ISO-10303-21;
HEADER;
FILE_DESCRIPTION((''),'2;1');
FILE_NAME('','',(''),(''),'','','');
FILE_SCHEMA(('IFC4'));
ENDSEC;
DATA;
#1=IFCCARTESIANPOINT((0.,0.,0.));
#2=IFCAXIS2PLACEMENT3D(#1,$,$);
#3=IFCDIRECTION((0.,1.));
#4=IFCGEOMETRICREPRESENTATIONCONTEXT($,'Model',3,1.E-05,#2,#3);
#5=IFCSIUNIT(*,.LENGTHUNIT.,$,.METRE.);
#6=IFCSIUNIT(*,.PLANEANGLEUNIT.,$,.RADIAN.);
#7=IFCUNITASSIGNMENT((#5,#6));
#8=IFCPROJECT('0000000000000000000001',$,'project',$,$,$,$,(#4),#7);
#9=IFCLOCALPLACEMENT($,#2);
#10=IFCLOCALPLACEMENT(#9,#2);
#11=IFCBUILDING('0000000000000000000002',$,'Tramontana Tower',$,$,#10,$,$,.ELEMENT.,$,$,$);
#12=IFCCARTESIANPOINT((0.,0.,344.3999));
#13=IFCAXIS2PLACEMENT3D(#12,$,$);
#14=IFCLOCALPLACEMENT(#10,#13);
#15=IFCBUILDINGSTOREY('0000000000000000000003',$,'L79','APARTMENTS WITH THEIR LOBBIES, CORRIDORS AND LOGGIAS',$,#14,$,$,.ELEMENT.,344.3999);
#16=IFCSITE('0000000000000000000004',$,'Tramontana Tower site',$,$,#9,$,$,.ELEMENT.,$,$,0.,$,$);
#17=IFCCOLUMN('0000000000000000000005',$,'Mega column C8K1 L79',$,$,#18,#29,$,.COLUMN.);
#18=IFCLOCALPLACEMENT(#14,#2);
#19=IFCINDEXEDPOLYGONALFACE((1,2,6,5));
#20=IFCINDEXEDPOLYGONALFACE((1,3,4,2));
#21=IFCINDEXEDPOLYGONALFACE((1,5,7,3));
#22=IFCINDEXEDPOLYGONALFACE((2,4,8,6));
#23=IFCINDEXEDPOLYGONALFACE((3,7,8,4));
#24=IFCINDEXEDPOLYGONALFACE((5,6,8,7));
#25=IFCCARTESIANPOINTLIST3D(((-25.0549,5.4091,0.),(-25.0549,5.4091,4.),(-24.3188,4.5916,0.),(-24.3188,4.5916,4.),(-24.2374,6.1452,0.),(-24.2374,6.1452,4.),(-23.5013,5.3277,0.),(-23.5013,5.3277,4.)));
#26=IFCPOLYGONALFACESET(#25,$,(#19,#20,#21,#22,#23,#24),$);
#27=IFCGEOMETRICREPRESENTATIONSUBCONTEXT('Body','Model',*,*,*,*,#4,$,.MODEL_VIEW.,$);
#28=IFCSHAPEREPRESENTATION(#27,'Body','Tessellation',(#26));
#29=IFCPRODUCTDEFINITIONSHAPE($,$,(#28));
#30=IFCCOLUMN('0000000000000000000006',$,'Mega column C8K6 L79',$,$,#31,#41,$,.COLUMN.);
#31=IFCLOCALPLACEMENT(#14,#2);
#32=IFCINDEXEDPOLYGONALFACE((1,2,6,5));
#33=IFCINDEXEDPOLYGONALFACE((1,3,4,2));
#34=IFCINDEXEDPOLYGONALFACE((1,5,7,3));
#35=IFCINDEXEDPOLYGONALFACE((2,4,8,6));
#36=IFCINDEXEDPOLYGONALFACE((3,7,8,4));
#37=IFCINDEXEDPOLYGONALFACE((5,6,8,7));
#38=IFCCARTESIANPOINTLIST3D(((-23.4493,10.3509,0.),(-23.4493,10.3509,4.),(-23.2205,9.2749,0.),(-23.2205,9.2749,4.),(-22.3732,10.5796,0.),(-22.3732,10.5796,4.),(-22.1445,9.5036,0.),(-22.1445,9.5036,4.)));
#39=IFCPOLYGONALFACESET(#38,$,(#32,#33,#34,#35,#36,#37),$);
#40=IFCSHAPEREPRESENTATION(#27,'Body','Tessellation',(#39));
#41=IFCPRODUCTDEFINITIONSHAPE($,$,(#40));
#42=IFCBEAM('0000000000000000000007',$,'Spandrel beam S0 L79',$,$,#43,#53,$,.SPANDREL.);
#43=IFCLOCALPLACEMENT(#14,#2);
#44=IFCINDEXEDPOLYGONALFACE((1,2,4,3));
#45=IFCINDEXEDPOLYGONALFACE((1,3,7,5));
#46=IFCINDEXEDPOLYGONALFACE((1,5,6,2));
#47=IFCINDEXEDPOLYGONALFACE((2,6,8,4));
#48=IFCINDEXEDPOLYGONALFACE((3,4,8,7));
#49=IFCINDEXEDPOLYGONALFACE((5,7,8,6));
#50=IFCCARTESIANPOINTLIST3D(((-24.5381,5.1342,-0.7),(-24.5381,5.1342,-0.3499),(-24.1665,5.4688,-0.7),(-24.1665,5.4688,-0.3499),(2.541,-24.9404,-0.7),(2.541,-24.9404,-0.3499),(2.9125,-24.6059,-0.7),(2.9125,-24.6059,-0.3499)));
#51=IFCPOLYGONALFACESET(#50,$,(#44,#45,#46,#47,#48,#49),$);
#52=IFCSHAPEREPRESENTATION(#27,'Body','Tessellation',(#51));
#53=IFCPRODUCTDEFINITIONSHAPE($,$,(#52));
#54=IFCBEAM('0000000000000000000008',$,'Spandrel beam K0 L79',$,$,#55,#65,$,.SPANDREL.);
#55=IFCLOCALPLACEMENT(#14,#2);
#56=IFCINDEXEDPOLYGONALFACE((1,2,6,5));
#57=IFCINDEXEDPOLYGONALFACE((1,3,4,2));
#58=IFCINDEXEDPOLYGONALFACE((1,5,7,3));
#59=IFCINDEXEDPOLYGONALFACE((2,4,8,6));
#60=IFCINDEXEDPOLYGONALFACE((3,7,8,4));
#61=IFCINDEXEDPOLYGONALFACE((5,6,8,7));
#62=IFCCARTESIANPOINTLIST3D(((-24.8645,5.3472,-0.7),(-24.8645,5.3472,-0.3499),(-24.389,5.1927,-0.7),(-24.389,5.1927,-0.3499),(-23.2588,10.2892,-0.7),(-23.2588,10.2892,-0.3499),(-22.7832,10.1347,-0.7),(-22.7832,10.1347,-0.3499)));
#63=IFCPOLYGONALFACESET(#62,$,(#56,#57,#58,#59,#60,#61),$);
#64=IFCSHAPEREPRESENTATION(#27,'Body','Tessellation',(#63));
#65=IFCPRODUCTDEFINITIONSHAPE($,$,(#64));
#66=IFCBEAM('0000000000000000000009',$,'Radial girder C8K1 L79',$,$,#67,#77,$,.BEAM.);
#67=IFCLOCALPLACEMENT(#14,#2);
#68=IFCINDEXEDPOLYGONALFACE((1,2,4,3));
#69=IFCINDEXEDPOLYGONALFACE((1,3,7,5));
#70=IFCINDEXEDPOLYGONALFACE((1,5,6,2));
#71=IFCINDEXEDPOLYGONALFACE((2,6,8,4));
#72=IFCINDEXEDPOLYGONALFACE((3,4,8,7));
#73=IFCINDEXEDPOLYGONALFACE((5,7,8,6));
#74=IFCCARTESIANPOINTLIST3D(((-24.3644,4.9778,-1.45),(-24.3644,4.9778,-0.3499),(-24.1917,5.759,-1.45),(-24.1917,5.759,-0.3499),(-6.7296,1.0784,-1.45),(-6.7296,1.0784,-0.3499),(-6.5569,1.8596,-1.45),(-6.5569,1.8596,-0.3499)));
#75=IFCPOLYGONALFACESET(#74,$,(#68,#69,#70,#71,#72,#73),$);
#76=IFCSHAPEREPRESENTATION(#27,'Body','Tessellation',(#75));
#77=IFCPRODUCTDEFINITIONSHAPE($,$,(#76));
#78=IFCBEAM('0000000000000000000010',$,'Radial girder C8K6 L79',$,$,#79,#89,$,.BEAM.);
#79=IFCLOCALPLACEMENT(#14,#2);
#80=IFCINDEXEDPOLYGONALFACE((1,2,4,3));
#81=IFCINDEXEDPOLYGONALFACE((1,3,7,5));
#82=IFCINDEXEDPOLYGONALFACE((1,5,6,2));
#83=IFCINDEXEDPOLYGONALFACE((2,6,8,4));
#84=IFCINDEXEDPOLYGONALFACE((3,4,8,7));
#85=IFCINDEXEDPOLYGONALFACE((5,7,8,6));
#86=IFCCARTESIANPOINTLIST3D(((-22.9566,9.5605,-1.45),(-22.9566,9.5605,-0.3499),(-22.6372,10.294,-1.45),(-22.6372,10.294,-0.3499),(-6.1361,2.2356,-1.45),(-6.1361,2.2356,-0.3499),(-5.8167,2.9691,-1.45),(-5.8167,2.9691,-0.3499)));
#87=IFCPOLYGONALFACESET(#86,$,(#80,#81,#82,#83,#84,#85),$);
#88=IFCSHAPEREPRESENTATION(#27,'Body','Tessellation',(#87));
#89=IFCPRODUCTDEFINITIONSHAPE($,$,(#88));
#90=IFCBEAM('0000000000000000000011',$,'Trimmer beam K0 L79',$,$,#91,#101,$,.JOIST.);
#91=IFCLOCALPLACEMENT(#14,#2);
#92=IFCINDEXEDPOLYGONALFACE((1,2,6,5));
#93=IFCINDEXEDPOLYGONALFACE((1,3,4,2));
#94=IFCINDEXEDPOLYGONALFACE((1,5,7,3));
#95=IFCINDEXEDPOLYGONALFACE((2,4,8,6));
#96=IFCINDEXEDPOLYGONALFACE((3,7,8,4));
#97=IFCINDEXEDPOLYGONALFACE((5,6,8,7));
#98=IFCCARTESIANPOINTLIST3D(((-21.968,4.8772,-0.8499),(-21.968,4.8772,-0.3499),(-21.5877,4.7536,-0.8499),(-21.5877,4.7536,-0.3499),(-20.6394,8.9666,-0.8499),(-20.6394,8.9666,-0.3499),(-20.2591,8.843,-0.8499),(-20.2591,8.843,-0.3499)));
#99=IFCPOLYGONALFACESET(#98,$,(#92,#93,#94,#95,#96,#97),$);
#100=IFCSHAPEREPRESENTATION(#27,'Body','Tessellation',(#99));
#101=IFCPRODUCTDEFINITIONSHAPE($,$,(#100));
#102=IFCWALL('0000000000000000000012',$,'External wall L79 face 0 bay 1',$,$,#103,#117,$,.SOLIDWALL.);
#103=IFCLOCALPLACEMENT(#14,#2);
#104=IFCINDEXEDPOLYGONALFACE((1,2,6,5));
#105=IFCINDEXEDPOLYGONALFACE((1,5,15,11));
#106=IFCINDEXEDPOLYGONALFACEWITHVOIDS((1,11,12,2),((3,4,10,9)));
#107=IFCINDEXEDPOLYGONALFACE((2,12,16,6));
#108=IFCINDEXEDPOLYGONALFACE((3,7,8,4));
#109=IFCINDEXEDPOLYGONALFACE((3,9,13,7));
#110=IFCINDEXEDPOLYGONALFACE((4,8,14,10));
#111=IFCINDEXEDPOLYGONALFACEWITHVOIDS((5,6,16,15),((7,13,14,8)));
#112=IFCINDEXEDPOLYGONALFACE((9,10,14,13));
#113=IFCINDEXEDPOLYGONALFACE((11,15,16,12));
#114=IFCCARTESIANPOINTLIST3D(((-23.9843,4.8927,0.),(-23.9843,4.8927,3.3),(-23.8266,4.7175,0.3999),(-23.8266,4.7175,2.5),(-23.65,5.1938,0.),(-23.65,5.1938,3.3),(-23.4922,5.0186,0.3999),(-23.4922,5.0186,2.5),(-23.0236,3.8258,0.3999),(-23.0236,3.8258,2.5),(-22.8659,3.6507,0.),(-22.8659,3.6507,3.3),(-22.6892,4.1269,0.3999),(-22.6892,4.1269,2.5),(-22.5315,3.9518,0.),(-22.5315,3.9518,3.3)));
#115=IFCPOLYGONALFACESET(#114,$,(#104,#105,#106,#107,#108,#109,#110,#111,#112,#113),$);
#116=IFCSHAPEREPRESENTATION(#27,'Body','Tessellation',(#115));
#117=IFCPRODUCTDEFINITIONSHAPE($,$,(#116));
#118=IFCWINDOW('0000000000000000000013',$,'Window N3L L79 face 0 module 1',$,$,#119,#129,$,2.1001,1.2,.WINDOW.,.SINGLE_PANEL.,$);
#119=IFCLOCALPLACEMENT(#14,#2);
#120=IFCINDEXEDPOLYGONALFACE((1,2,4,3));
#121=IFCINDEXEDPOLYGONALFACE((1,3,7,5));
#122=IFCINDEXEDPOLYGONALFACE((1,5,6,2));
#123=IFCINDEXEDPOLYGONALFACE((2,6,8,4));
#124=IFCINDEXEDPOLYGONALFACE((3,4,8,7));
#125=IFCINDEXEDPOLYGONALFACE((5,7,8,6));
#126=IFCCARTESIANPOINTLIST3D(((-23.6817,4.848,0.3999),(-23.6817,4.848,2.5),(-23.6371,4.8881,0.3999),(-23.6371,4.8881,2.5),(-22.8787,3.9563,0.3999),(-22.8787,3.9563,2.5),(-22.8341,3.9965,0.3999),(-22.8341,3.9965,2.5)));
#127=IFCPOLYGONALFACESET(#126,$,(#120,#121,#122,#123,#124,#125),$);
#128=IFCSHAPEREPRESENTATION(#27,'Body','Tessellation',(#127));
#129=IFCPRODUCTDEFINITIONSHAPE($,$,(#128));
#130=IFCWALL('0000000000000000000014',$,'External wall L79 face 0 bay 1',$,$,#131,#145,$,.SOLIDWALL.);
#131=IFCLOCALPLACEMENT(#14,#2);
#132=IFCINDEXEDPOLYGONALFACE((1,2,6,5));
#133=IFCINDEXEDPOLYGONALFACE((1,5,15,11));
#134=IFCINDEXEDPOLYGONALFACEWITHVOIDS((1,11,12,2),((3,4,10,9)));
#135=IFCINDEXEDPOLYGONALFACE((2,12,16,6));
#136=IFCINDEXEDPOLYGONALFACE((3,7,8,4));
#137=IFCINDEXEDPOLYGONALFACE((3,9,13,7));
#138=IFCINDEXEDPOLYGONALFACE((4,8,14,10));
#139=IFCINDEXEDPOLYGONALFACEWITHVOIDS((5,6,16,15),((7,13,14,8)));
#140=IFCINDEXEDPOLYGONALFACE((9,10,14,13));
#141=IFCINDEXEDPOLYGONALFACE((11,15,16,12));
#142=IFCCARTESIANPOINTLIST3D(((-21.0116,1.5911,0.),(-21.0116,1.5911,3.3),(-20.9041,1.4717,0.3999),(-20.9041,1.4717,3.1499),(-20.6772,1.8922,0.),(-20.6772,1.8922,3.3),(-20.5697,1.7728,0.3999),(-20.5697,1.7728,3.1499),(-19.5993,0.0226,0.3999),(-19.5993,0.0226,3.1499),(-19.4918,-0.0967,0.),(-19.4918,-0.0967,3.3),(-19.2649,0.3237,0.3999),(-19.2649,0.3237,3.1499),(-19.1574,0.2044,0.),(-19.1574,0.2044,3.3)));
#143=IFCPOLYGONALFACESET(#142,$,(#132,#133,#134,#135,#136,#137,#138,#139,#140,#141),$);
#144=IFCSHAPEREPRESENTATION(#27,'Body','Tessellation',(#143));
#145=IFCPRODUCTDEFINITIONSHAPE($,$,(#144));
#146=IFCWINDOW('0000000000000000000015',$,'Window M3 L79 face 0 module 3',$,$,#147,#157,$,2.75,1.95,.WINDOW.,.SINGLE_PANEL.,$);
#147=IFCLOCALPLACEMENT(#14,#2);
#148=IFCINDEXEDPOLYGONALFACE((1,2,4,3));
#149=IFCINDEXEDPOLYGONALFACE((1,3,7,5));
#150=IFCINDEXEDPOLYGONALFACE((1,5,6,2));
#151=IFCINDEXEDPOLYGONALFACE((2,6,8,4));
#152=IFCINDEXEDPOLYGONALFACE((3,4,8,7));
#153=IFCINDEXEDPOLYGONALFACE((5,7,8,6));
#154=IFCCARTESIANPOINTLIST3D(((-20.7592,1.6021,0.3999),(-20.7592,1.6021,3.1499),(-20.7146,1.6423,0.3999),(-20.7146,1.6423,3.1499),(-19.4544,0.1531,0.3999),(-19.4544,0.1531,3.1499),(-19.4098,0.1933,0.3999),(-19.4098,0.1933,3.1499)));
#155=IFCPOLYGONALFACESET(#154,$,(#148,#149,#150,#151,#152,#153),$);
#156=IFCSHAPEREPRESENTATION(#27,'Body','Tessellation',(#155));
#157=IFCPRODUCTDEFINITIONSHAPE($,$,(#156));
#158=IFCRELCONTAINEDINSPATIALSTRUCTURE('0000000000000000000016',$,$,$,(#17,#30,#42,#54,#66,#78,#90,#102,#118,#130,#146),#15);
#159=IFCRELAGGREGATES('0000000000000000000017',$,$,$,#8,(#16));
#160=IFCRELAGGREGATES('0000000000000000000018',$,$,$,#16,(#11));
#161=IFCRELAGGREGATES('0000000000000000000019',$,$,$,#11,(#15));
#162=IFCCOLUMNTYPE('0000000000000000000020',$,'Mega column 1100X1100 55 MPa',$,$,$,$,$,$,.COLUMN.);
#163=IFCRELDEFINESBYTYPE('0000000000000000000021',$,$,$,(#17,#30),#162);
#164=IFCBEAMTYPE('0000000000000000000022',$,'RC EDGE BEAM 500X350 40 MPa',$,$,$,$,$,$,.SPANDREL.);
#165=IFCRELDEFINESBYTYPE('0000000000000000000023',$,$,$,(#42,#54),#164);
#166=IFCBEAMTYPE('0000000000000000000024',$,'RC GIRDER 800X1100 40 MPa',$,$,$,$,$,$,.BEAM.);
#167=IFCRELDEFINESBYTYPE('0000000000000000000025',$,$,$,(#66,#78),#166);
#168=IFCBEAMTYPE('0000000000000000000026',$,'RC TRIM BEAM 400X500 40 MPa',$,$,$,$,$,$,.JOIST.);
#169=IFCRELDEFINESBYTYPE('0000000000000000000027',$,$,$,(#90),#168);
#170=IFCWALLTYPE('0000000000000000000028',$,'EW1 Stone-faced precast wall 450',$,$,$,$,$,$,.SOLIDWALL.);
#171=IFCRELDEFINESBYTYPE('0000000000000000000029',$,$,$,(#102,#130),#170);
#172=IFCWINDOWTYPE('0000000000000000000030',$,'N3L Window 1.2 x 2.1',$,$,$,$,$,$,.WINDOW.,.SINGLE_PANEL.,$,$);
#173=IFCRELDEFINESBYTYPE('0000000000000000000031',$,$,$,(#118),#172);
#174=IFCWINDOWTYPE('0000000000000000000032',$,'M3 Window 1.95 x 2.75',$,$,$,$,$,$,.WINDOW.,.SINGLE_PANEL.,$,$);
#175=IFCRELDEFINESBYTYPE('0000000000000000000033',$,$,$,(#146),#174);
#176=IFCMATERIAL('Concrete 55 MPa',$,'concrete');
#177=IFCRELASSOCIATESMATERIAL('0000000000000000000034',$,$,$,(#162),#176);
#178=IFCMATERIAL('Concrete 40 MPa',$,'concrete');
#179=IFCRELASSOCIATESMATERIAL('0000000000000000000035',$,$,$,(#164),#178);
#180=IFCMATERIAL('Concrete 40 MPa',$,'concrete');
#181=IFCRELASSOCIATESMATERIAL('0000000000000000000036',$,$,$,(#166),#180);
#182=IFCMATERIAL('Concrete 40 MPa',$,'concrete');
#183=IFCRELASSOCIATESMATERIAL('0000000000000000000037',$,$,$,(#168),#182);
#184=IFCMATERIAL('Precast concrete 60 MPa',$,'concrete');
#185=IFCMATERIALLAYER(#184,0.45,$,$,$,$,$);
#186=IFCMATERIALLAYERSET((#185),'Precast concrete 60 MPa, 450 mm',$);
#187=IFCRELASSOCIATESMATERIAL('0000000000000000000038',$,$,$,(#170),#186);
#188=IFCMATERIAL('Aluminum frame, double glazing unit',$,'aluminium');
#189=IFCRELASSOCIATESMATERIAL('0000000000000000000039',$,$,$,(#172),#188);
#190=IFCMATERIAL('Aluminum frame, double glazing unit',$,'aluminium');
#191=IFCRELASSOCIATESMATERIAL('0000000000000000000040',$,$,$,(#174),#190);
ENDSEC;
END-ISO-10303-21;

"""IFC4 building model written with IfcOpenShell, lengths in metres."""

from ifc_helpers import new_model, si_unit, direction, frame, frame_2d, origin, origin_2d, place, context, subcontext, project, spatial, rectangle, extrude, material, layer, layer_set, material_profile, profile_set, type_object, element, fill, save


model = new_model("IFC4")

# Units and contexts
model_context = context("Model", 3, precision=1e-05, world=origin(), true_north=direction((0.0, 1.0)))
body_context = subcontext(model_context, "Body", "Model", "MODEL_VIEW")
ifc_project = project(units=[si_unit("LENGTHUNIT", "METRE"), si_unit("PLANEANGLEUNIT", "RADIAN")], contexts=[model_context])

# Site, building, storey
site_placement = place(None, origin())
site = spatial("IfcSite", under=ifc_project, at=site_placement, Name="Tramontana Tower site", CompositionType="ELEMENT", RefElevation=0.0)
building_placement = place(site_placement, origin())
building = spatial("IfcBuilding", under=site, at=building_placement, Name="Tramontana Tower", CompositionType="ELEMENT")
storey_placement = place(building_placement, frame((0.0, 0.0, 344.3999)))
storey = spatial("IfcBuildingStorey", under=building, at=storey_placement, Name="L79", Description="APARTMENTS WITH THEIR LOBBIES, CORRIDORS AND LOGGIAS", CompositionType="ELEMENT", Elevation=344.3999)

# Columns
ifc_material_1 = material(Name="Concrete 55 MPa", Category="concrete")
ifc_material_profile_1 = material_profile(ifc_material_1, rectangle(XDim=1.1001, YDim=1.1001, at=origin_2d()), Name="Mega column 1100X1100 55 MPa")
ifc_profile_set_1 = profile_set([ifc_material_profile_1], Name="Concrete 55 MPa")
column_type = type_object("IfcColumnType", Name="Mega column 1100X1100 55 MPa", PredefinedType="COLUMN", material=ifc_profile_set_1)
for number, where, z_axis, x_axis, name in (
    (1, (-24.2781, 5.3684, 0.0), (0.0, 0.0, 1.0), (0.669131, -0.743145, 0.0), "Mega column C8K1 L79"),
    (2, (-22.7969, 9.9272, 0.0), (0.0, 0.0, 1.0), (-0.978148, -0.207912, 0.0), "Mega column C8K6 L79"),
):
    element("IfcColumn", number, at=place(storey_placement, frame(where, z_axis=z_axis, x_axis=x_axis)), inside=storey, type_object=column_type, Name=name, PredefinedType="COLUMN", context=body_context, shape_type="SweptSolid", body=[
        extrude(rectangle(XDim=1.1001, YDim=1.1001, at=origin_2d()), origin(), (0.0, 0.0, 1.0), 4.0),
    ])

# Beams
ifc_material_2 = material(Name="Concrete 40 MPa", Category="concrete")
ifc_material_profile_2 = material_profile(ifc_material_2, rectangle(XDim=0.5, YDim=0.3501, at=origin_2d()), Name="RC EDGE BEAM 500X350 40 MPa")
ifc_profile_set_2 = profile_set([ifc_material_profile_2], Name="Concrete 40 MPa")
beam_type_1 = type_object("IfcBeamType", Name="RC EDGE BEAM 500X350 40 MPa", PredefinedType="SPANDREL", material=ifc_profile_set_2)
beam_1_placement = place(storey_placement, frame((-24.3523, 5.3015, -0.5249), z_axis=(0.669127, -0.743148, 0.0), x_axis=(0.743148, 0.669127, 0.0)))
element("IfcBeam", 3, at=beam_1_placement, inside=storey, type_object=beam_type_1, Name="Spandrel beam S0 L79", PredefinedType="SPANDREL", context=body_context, shape_type="SweptSolid", body=[
    extrude(rectangle(XDim=0.5, YDim=0.3501, at=origin_2d()), origin(), (0.0, 0.0, 1.0), 40.4692),
])
beam_2_placement = place(storey_placement, frame((-23.021, 10.2119, -0.5249), z_axis=(-0.309016, -0.951057, 0.0), x_axis=(0.951057, -0.309016, 0.0)))
element("IfcBeam", 4, at=beam_2_placement, inside=storey, type_object=beam_type_1, Name="Spandrel beam K0 L79", PredefinedType="SPANDREL", context=body_context, shape_type="SweptSolid", body=[
    extrude(rectangle(XDim=0.5, YDim=0.3501, at=origin_2d()), origin(), (0.0, 0.0, 1.0), 5.1963),
])
ifc_material_3 = material(Name="Concrete 40 MPa", Category="concrete")
ifc_material_profile_3 = material_profile(ifc_material_3, rectangle(XDim=0.8, YDim=1.1001, at=origin_2d()), Name="RC GIRDER 800X1100 40 MPa")
ifc_profile_set_3 = profile_set([ifc_material_profile_3], Name="Concrete 40 MPa")
beam_type_2 = type_object("IfcBeamType", Name="RC GIRDER 800X1100 40 MPa", PredefinedType="BEAM", material=ifc_profile_set_3)
beam_3_placement = place(storey_placement, frame((-24.2781, 5.3684, -0.8999), z_axis=(0.976414, -0.215906, 0.0), x_axis=(0.215906, 0.976414, 0.0)))
element("IfcBeam", 5, at=beam_3_placement, inside=storey, type_object=beam_type_2, Name="Radial girder C8K1 L79", PredefinedType="BEAM", context=body_context, shape_type="SweptSolid", body=[
    extrude(rectangle(XDim=0.8, YDim=1.1001, at=origin_2d()), origin(), (0.0, 0.0, 1.0), 18.0608),
])
beam_4_placement = place(storey_placement, frame((-22.7969, 9.9272, -0.8999), z_axis=(0.916837, -0.399261, 0.0), x_axis=(0.399261, 0.916837, 0.0)))
element("IfcBeam", 6, at=beam_4_placement, inside=storey, type_object=beam_type_2, Name="Radial girder C8K6 L79", PredefinedType="BEAM", context=body_context, shape_type="SweptSolid", body=[
    extrude(rectangle(XDim=0.8, YDim=1.1001, at=origin_2d()), origin(), (0.0, 0.0, 1.0), 18.3462),
])
ifc_material_4 = material(Name="Concrete 40 MPa", Category="concrete")
ifc_material_profile_4 = material_profile(ifc_material_4, rectangle(XDim=0.3999, YDim=0.5, at=origin_2d()), Name="RC TRIM BEAM 400X500 40 MPa")
ifc_profile_set_4 = profile_set([ifc_material_profile_4], Name="Concrete 40 MPa")
beam_type_3 = type_object("IfcBeamType", Name="RC TRIM BEAM 400X500 40 MPa", PredefinedType="JOIST", material=ifc_profile_set_4)
beam_5_placement = place(storey_placement, frame((-20.4492, 8.9048, -0.5999), z_axis=(-0.308996, -0.951063, 0.0), x_axis=(0.951063, -0.308996, 0.0)))
element("IfcBeam", 7, at=beam_5_placement, inside=storey, type_object=beam_type_3, Name="Trimmer beam K0 L79", PredefinedType="JOIST", context=body_context, shape_type="SweptSolid", body=[
    extrude(rectangle(XDim=0.3999, YDim=0.5, at=origin_2d()), origin(), (0.0, 0.0, 1.0), 4.2998),
])

# Walls, openings, windows
ifc_material_5 = material(Name="Precast concrete 60 MPa", Category="concrete")
ifc_layer_1 = layer(ifc_material_5, 0.45)
ifc_layer_set_1 = layer_set([ifc_layer_1], Name="Precast concrete 60 MPa, 450 mm")
wall_type_1 = type_object("IfcWallType", Name="EW1 Stone-faced precast wall 450", PredefinedType="SOLIDWALL", material=ifc_layer_set_1)
wall_1_placement = place(storey_placement, frame((-23.8171, 5.0432, 0.0), z_axis=(0.0, 0.0, 1.0), x_axis=(0.669183, -0.743098, 0.0)))
wall_1 = element("IfcWall", 8, at=wall_1_placement, inside=storey, type_object=wall_type_1, Name="External wall L79 face 0 bay 1", PredefinedType="SOLIDWALL", context=body_context, shape_type="SweptSolid", body=[
    extrude(rectangle(XDim=1.6714, YDim=0.45, at=frame_2d((0.8357, 0.0))), origin(), (0.0, 0.0, 1.0), 3.3),
])
opening_1_placement = place(wall_1_placement, frame((0.2356, 0.0, 0.3999)))
opening_1 = element("IfcOpeningElement", 9, at=opening_1_placement, cuts=wall_1, PredefinedType="OPENING", context=body_context, shape_type="SweptSolid", body=[
    extrude(rectangle(XDim=1.2, YDim=2.1001, at=frame_2d((0.6001, 1.05))), frame((0.0, 0.2349, 0.0), z_axis=(0.0, -1.0, 0.0), x_axis=(1.0, 0.0, 0.0)), (0.0, 0.0, 1.0), 0.47),
])
ifc_material_6 = material(Name="Aluminum frame, double glazing unit", Category="aluminium")
window_type_1 = type_object("IfcWindowType", Name="N3L Window 1.2 x 2.1", PartitioningType="SINGLE_PANEL", PredefinedType="WINDOW", material=ifc_material_6)
window_1_placement = place(opening_1_placement, origin())
window_1 = element("IfcWindow", 10, at=window_1_placement, inside=storey, type_object=window_type_1, Name="Window N3L L79 face 0 module 1", OverallHeight=2.1001, OverallWidth=1.2, PartitioningType="SINGLE_PANEL", PredefinedType="WINDOW", context=body_context, shape_type="SweptSolid", body=[
    extrude(rectangle(XDim=1.2, YDim=2.1001, at=frame_2d((0.6001, 1.05))), frame((0.0, 0.03, 0.0), z_axis=(0.0, -1.0, 0.0), x_axis=(1.0, 0.0, 0.0)), (0.0, 0.0, 1.0), 0.0601),
])
fill(opening_1, window_1)
wall_2_placement = place(storey_placement, frame((-20.8445, 1.7417, 0.0), z_axis=(0.0, 0.0, 1.0), x_axis=(0.669161, -0.743118, 0.0)))
wall_2 = element("IfcWall", 11, at=wall_2_placement, inside=storey, type_object=wall_type_1, Name="External wall L79 face 0 bay 1", PredefinedType="SOLIDWALL", context=body_context, shape_type="SweptSolid", body=[
    extrude(rectangle(XDim=2.2712, YDim=0.45, at=frame_2d((1.1357, 0.0))), origin(), (0.0, 0.0, 1.0), 3.3),
])
opening_2_placement = place(wall_2_placement, frame((0.1606, 0.0, 0.3999)))
opening_2 = element("IfcOpeningElement", 12, at=opening_2_placement, cuts=wall_2, PredefinedType="OPENING", context=body_context, shape_type="SweptSolid", body=[
    extrude(rectangle(XDim=1.95, YDim=2.75, at=frame_2d((0.9751, 1.375))), frame((0.0, 0.2349, 0.0), z_axis=(0.0, -1.0, 0.0), x_axis=(1.0, 0.0, 0.0)), (0.0, 0.0, 1.0), 0.47),
])
ifc_material_7 = material(Name="Aluminum frame, double glazing unit", Category="aluminium")
window_type_2 = type_object("IfcWindowType", Name="M3 Window 1.95 x 2.75", PartitioningType="SINGLE_PANEL", PredefinedType="WINDOW", material=ifc_material_7)
window_2_placement = place(opening_2_placement, origin())
window_2 = element("IfcWindow", 13, at=window_2_placement, inside=storey, type_object=window_type_2, Name="Window M3 L79 face 0 module 3", OverallHeight=2.75, OverallWidth=1.95, PartitioningType="SINGLE_PANEL", PredefinedType="WINDOW", context=body_context, shape_type="SweptSolid", body=[
    extrude(rectangle(XDim=1.95, YDim=2.75, at=frame_2d((0.9751, 1.375))), frame((0.0, 0.03, 0.0), z_axis=(0.0, -1.0, 0.0), x_axis=(1.0, 0.0, 0.0)), (0.0, 0.0, 1.0), 0.0601),
])
fill(opening_2, window_2)

save(model, "model.ifc")
